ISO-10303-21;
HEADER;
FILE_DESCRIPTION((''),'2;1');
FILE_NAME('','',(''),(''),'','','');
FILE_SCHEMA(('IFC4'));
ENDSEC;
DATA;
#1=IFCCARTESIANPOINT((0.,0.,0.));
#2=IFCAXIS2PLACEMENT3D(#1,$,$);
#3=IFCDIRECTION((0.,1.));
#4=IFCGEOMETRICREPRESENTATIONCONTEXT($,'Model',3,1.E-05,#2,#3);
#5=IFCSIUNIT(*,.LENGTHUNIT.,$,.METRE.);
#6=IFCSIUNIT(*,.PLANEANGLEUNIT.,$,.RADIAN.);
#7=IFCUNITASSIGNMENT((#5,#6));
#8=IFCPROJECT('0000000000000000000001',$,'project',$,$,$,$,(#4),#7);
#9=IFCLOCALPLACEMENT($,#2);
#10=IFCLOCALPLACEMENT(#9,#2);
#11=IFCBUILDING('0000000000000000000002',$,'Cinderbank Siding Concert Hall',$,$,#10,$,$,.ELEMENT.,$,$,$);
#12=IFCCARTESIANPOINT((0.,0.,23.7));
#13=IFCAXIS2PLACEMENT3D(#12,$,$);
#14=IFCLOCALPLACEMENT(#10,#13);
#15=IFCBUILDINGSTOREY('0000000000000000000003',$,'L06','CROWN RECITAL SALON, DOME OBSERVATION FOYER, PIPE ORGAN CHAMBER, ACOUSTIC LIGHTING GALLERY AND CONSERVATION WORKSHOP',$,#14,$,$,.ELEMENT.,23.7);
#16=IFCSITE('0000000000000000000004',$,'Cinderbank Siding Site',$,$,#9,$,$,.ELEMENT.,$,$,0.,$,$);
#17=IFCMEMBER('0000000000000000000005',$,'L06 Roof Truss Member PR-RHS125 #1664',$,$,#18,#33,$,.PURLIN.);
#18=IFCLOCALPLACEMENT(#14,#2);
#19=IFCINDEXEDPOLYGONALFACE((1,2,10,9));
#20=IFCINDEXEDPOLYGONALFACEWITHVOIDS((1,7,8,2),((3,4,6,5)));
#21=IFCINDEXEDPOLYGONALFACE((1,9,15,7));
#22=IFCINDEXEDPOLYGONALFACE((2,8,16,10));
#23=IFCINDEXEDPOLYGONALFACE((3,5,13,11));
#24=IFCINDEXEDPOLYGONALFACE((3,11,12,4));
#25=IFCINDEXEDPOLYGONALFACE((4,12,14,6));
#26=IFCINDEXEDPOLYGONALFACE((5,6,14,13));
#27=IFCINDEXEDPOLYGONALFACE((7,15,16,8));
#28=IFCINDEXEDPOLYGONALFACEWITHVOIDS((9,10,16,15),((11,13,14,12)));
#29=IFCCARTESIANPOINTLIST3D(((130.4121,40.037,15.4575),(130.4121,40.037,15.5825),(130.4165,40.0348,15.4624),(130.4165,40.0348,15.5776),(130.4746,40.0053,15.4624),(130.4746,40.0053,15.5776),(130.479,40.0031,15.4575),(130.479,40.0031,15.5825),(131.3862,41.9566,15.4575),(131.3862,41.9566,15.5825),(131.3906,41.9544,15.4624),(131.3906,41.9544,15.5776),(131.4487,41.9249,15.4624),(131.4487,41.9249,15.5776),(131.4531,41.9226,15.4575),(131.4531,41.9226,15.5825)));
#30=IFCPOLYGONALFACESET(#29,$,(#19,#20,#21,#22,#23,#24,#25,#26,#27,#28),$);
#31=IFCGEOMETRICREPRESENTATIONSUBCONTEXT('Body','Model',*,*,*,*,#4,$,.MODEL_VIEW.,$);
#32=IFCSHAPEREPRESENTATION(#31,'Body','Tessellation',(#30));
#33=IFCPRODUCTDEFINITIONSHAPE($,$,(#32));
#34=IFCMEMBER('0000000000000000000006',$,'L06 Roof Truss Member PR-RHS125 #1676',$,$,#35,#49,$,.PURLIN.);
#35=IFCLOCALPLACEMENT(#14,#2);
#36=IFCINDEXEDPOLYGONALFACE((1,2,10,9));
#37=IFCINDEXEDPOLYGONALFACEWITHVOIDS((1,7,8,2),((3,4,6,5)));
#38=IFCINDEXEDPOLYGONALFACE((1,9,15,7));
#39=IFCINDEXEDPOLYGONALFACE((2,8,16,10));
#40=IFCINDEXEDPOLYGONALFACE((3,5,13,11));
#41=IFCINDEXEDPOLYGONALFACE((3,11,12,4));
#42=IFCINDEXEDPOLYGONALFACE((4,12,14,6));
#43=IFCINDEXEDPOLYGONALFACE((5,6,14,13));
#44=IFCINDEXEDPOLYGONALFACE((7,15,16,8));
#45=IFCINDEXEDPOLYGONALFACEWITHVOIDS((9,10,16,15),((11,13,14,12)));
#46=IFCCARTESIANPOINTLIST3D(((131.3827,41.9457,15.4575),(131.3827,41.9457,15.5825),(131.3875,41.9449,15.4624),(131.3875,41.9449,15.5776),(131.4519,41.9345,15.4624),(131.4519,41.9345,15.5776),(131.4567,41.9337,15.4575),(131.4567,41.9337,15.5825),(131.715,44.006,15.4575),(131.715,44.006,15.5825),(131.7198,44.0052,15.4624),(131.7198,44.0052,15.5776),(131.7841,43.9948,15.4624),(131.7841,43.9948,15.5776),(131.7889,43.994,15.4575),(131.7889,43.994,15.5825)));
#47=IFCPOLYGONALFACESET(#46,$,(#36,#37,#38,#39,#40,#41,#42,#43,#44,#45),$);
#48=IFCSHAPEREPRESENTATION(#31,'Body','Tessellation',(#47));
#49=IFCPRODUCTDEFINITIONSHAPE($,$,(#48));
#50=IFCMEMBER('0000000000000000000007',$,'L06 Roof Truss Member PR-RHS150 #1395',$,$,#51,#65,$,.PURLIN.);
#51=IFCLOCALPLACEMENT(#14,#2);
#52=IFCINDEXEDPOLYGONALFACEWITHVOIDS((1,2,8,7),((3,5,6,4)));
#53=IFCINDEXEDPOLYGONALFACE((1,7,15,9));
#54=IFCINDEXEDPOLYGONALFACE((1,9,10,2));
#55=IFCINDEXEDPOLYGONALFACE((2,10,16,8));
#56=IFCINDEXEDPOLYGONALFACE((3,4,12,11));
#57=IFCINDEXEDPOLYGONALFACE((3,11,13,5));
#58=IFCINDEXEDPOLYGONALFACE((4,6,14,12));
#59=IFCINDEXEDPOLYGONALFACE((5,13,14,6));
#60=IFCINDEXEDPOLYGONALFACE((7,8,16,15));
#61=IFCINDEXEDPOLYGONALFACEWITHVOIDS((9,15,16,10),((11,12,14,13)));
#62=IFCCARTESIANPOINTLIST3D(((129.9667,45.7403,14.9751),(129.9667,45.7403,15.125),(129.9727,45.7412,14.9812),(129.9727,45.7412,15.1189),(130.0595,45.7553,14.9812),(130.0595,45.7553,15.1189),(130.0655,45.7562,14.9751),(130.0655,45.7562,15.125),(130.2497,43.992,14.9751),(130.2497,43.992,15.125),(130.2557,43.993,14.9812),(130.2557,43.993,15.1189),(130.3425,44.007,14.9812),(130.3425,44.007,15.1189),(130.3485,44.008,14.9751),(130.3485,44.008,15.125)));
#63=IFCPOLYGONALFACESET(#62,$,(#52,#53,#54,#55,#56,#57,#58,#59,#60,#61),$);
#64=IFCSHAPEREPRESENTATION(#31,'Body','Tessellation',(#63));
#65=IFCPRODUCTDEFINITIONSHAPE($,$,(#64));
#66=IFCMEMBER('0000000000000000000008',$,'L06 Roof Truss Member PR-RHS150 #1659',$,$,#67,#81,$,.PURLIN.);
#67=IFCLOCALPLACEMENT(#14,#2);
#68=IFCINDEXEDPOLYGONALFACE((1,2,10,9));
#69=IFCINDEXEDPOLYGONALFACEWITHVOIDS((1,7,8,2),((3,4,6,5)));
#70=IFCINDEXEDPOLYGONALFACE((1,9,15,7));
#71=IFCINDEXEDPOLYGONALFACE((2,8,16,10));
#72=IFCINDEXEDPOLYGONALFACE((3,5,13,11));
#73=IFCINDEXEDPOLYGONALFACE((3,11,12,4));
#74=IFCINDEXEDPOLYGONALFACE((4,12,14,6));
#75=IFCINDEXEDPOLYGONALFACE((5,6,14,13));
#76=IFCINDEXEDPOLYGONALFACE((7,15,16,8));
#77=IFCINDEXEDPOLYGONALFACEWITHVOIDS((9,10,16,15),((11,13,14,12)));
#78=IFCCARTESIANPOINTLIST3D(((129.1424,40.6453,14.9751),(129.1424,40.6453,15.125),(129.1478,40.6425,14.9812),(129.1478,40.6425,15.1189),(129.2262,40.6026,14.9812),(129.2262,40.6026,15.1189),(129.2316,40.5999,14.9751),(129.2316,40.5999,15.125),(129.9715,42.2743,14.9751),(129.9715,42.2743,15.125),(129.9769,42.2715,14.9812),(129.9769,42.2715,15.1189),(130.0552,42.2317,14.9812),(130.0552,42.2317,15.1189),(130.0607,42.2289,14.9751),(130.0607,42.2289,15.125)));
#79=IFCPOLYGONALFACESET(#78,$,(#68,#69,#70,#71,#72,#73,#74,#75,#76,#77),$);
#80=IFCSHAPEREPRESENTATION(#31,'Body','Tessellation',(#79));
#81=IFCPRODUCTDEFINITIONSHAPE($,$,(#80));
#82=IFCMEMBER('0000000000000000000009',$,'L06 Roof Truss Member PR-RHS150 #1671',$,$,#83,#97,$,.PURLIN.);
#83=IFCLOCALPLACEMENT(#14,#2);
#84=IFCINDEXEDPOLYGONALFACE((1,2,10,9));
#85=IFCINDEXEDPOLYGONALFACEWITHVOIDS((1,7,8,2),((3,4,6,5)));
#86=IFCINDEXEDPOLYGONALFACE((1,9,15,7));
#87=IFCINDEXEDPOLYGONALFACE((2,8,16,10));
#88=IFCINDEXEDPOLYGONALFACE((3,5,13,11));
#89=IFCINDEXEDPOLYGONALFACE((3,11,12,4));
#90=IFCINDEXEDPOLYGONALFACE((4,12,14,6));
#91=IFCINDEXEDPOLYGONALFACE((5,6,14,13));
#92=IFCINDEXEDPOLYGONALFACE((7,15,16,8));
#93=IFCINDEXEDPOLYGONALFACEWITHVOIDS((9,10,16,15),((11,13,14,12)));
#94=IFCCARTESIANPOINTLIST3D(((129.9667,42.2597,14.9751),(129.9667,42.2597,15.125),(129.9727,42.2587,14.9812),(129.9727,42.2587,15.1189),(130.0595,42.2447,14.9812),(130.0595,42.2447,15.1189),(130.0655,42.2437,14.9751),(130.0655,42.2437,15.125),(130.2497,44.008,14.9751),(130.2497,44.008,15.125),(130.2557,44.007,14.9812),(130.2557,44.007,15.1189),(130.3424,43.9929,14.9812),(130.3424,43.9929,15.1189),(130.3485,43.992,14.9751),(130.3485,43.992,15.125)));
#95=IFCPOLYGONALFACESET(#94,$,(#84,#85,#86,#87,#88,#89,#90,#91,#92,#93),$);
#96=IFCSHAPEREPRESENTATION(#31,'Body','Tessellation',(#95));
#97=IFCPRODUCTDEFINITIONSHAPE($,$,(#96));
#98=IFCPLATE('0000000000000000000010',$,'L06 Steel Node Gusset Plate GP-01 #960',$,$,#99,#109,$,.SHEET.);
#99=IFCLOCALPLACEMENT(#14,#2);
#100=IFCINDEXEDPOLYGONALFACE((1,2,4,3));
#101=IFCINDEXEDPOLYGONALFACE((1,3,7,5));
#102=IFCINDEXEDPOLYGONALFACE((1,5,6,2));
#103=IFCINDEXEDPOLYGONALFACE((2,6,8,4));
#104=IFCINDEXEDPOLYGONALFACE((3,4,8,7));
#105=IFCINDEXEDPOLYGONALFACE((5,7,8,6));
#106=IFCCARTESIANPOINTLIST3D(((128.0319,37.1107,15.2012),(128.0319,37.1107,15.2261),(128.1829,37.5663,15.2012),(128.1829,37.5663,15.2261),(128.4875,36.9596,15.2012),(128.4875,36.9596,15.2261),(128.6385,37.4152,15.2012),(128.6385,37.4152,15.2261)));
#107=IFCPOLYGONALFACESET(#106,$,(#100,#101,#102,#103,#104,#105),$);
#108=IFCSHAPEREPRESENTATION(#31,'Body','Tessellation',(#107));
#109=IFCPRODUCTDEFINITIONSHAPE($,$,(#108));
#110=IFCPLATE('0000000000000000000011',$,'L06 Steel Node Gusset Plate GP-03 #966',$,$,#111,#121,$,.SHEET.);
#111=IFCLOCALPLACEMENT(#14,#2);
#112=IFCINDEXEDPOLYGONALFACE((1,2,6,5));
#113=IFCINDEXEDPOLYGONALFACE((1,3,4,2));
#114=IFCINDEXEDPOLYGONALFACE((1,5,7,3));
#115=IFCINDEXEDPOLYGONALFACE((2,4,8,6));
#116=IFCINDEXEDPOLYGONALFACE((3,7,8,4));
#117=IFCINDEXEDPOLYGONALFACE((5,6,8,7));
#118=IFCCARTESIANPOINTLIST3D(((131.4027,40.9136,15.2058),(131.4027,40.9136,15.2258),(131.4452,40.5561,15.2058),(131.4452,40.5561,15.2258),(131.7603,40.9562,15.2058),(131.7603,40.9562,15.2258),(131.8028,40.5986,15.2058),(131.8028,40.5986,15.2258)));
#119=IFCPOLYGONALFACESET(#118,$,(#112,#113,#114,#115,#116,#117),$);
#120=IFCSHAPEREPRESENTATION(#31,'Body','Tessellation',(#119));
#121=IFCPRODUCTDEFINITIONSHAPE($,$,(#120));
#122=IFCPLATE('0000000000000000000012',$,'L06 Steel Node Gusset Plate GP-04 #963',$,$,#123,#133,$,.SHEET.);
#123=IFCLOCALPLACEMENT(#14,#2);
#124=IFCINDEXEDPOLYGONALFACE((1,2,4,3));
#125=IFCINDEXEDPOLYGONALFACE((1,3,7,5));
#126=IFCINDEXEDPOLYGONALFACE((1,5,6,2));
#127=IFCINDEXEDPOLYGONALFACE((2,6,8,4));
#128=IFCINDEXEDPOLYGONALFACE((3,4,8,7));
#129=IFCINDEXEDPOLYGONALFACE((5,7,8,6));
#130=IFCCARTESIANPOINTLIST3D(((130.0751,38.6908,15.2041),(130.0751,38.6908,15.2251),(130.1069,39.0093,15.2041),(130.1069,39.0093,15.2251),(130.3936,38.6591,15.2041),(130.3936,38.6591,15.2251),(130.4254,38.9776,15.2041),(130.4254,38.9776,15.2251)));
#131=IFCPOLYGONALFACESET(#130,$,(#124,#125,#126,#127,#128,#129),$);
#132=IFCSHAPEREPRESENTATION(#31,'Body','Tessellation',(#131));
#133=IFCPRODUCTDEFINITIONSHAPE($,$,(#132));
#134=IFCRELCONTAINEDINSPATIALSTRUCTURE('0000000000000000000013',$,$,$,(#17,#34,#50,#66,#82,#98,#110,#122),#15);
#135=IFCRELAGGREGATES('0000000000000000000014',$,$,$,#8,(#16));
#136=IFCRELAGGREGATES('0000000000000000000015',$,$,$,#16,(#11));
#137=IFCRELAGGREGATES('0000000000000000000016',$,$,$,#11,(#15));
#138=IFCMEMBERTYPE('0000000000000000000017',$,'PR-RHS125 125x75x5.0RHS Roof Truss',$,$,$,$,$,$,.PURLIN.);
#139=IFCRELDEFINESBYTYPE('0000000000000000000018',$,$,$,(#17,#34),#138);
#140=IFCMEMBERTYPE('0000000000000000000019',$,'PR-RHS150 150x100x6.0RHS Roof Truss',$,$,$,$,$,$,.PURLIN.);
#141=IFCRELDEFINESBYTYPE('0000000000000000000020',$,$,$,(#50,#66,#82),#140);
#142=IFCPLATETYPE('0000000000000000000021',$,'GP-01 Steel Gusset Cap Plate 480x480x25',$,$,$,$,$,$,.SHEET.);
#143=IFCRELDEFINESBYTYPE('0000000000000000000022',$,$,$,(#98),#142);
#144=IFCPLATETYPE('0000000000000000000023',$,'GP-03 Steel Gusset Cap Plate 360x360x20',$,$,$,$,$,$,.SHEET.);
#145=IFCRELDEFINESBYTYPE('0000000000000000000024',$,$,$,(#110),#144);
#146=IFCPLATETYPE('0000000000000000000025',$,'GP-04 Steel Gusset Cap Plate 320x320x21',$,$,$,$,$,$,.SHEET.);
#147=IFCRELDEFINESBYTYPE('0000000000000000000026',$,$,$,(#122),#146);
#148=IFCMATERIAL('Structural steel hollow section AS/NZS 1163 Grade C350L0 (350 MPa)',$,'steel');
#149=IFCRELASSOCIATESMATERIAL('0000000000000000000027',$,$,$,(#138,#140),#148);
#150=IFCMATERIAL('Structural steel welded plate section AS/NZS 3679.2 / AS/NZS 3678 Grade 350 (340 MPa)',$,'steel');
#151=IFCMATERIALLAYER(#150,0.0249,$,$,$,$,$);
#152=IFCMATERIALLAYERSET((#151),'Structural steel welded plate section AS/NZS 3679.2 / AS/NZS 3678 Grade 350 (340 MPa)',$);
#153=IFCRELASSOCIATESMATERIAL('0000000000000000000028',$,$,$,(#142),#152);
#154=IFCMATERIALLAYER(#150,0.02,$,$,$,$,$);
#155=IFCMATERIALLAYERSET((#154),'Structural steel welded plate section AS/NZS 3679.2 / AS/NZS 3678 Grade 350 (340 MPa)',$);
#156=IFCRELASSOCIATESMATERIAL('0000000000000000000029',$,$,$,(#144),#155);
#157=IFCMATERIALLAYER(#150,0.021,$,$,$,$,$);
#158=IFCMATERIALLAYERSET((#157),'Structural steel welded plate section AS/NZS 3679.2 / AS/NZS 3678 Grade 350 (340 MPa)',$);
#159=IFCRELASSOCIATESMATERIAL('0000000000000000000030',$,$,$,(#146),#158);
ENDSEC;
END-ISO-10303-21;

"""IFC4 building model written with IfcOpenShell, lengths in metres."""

from ifc_helpers import new_model, si_unit, direction, frame, origin, origin_2d, place, context, subcontext, project, spatial, rectangle, hollow_rectangle, extrude, material, layer, layer_set, material_profile, profile_set, type_object, element, save


model = new_model("IFC4")

# Units and contexts
model_context = context("Model", 3, precision=1e-05, world=origin(), true_north=direction((0.0, 1.0)))
body_context = subcontext(model_context, "Body", "Model", "MODEL_VIEW")
ifc_project = project(units=[si_unit("LENGTHUNIT", "METRE"), si_unit("PLANEANGLEUNIT", "RADIAN")], contexts=[model_context])

# Site, building, storey
site_placement = place(None, origin())
site = spatial("IfcSite", under=ifc_project, at=site_placement, Name="Cinderbank Siding Site", CompositionType="ELEMENT", RefElevation=0.0)
building_placement = place(site_placement, origin())
building = spatial("IfcBuilding", under=site, at=building_placement, Name="Cinderbank Siding Concert Hall", CompositionType="ELEMENT")
storey_placement = place(building_placement, frame((0.0, 0.0, 23.7)))
storey = spatial("IfcBuildingStorey", under=building, at=storey_placement, Name="L06", Description="CROWN RECITAL SALON, DOME OBSERVATION FOYER, PIPE ORGAN CHAMBER, ACOUSTIC LIGHTING GALLERY AND CONSERVATION WORKSHOP", CompositionType="ELEMENT", Elevation=23.7)

# Members
ifc_material_1 = material(Name="Structural steel hollow section AS/NZS 1163 Grade C350L0 (350 MPa)", Category="steel")
ifc_material_profile_1 = material_profile(ifc_material_1, hollow_rectangle(XDim=0.075, YDim=0.125, WallThickness=0.0049, at=origin_2d()), Name="125x75x5.0RHS", Category="LoadBearing")
ifc_profile_set_1 = profile_set([ifc_material_profile_1], Name="Structural steel hollow section AS/NZS 1163 Grade C350L0 (350 MPa)")
member_type_1 = type_object("IfcMemberType", Name="PR-RHS125 125x75x5.0RHS Roof Truss", PredefinedType="PURLIN", material=ifc_profile_set_1)
member_1_placement = place(storey_placement, frame((130.4456, 40.02, 15.52), z_axis=(0.452513, 0.891758, 0.0), x_axis=(-0.891758, 0.452513, 0.0)))
element("IfcMember", 1, at=member_1_placement, inside=storey, type_object=member_type_1, Name="L06 Roof Truss Member PR-RHS125 #1664", PredefinedType="PURLIN", context=body_context, shape_type="SweptSolid", body=[
    extrude(hollow_rectangle(XDim=0.075, YDim=0.125, WallThickness=0.0049, at=origin_2d()), origin(), (0.0, 0.0, 1.0), 2.1526),
])
member_2_placement = place(storey_placement, frame((131.4197, 41.9397, 15.52), z_axis=(0.159218, 0.987243, 0.0), x_axis=(-0.987243, 0.159218, 0.0)))
element("IfcMember", 2, at=member_2_placement, inside=storey, type_object=member_type_1, Name="L06 Roof Truss Member PR-RHS125 #1676", PredefinedType="PURLIN", context=body_context, shape_type="SweptSolid", body=[
    extrude(hollow_rectangle(XDim=0.075, YDim=0.125, WallThickness=0.0049, at=origin_2d()), origin(), (0.0, 0.0, 1.0), 2.0869),
])
ifc_material_profile_2 = material_profile(ifc_material_1, hollow_rectangle(XDim=0.1001, YDim=0.1499, WallThickness=0.0061, at=origin_2d()), Name="150x100x6.0RHS", Category="LoadBearing")
ifc_profile_set_2 = profile_set([ifc_material_profile_2], Name="Structural steel hollow section AS/NZS 1163 Grade C350L0 (350 MPa)")
member_type_2 = type_object("IfcMemberType", Name="PR-RHS150 150x100x6.0RHS Roof Truss", PredefinedType="PURLIN", material=ifc_profile_set_2)
member_3_placement = place(storey_placement, frame((130.2991, 44.0, 15.05), z_axis=(-0.15977, 0.987154, 0.0), x_axis=(-0.987154, -0.15977, 0.0)))
element("IfcMember", 3, at=member_3_placement, inside=storey, type_object=member_type_2, Name="L06 Roof Truss Member PR-RHS150 #1395", PredefinedType="PURLIN", context=body_context, shape_type="SweptSolid", body=[
    extrude(hollow_rectangle(XDim=0.1001, YDim=0.1499, WallThickness=0.0061, at=origin_2d()), origin(), (0.0, 0.0, 1.0), 1.771),
])
member_4_placement = place(storey_placement, frame((129.187, 40.6226, 15.05), z_axis=(0.45356, 0.891226, 0.0), x_axis=(-0.891226, 0.45356, 0.0)))
element("IfcMember", 4, at=member_4_placement, inside=storey, type_object=member_type_2, Name="L06 Roof Truss Member PR-RHS150 #1659", PredefinedType="PURLIN", context=body_context, shape_type="SweptSolid", body=[
    extrude(hollow_rectangle(XDim=0.1001, YDim=0.1499, WallThickness=0.0061, at=origin_2d()), origin(), (0.0, 0.0, 1.0), 1.8279),
])
member_5_placement = place(storey_placement, frame((130.0161, 42.2517, 15.05), z_axis=(0.15977, 0.987154, 0.0), x_axis=(-0.987154, 0.15977, 0.0)))
element("IfcMember", 5, at=member_5_placement, inside=storey, type_object=member_type_2, Name="L06 Roof Truss Member PR-RHS150 #1671", PredefinedType="PURLIN", context=body_context, shape_type="SweptSolid", body=[
    extrude(hollow_rectangle(XDim=0.1001, YDim=0.1499, WallThickness=0.0061, at=origin_2d()), origin(), (0.0, 0.0, 1.0), 1.771),
])

# Plates
ifc_material_2 = material(Name="Structural steel welded plate section AS/NZS 3679.2 / AS/NZS 3678 Grade 350 (340 MPa)", Category="steel")
ifc_layer_1 = layer(ifc_material_2, 0.0249)
ifc_layer_set_1 = layer_set([ifc_layer_1], Name="Structural steel welded plate section AS/NZS 3679.2 / AS/NZS 3678 Grade 350 (340 MPa)")
plate_type_1 = type_object("IfcPlateType", Name="GP-01 Steel Gusset Cap Plate 480x480x25", PredefinedType="SHEET", material=ifc_layer_set_1)
plate_1_placement = place(storey_placement, frame((128.3352, 37.2629, 15.2012), z_axis=(0.0, 0.0, 1.0), x_axis=(-0.949206, 0.314655, 0.0)))
element("IfcPlate", 6, at=plate_1_placement, inside=storey, type_object=plate_type_1, Name="L06 Steel Node Gusset Plate GP-01 #960", PredefinedType="SHEET", context=body_context, shape_type="SweptSolid", body=[
    extrude(rectangle(XDim=0.48, YDim=0.48, at=origin_2d()), origin(), (0.0, 0.0, 1.0), 0.0249),
])
ifc_layer_2 = layer(ifc_material_2, 0.02)
ifc_layer_set_2 = layer_set([ifc_layer_2], Name="Structural steel welded plate section AS/NZS 3679.2 / AS/NZS 3678 Grade 350 (340 MPa)")
plate_type_2 = type_object("IfcPlateType", Name="GP-03 Steel Gusset Cap Plate 360x360x20", PredefinedType="SHEET", material=ifc_layer_set_2)
plate_2_placement = place(storey_placement, frame((131.6028, 40.7561, 15.2058), z_axis=(0.0, 0.0, 1.0), x_axis=(-0.993007, -0.118057, 0.0)))
element("IfcPlate", 7, at=plate_2_placement, inside=storey, type_object=plate_type_2, Name="L06 Steel Node Gusset Plate GP-03 #966", PredefinedType="SHEET", context=body_context, shape_type="SweptSolid", body=[
    extrude(rectangle(XDim=0.3601, YDim=0.3601, at=origin_2d()), origin(), (0.0, 0.0, 1.0), 0.02),
])
ifc_layer_3 = layer(ifc_material_2, 0.021)
ifc_layer_set_3 = layer_set([ifc_layer_3], Name="Structural steel welded plate section AS/NZS 3679.2 / AS/NZS 3678 Grade 350 (340 MPa)")
plate_type_3 = type_object("IfcPlateType", Name="GP-04 Steel Gusset Cap Plate 320x320x21", PredefinedType="SHEET", material=ifc_layer_set_3)
plate_3_placement = place(storey_placement, frame((130.2502, 38.8342, 15.2041), z_axis=(0.0, 0.0, 1.0), x_axis=(-0.995073, 0.099146, 0.0)))
element("IfcPlate", 8, at=plate_3_placement, inside=storey, type_object=plate_type_3, Name="L06 Steel Node Gusset Plate GP-04 #963", PredefinedType="SHEET", context=body_context, shape_type="SweptSolid", body=[
    extrude(rectangle(XDim=0.3201, YDim=0.3201, at=origin_2d()), origin(), (0.0, 0.0, 1.0), 0.021),
])

save(model, "model.ifc")
